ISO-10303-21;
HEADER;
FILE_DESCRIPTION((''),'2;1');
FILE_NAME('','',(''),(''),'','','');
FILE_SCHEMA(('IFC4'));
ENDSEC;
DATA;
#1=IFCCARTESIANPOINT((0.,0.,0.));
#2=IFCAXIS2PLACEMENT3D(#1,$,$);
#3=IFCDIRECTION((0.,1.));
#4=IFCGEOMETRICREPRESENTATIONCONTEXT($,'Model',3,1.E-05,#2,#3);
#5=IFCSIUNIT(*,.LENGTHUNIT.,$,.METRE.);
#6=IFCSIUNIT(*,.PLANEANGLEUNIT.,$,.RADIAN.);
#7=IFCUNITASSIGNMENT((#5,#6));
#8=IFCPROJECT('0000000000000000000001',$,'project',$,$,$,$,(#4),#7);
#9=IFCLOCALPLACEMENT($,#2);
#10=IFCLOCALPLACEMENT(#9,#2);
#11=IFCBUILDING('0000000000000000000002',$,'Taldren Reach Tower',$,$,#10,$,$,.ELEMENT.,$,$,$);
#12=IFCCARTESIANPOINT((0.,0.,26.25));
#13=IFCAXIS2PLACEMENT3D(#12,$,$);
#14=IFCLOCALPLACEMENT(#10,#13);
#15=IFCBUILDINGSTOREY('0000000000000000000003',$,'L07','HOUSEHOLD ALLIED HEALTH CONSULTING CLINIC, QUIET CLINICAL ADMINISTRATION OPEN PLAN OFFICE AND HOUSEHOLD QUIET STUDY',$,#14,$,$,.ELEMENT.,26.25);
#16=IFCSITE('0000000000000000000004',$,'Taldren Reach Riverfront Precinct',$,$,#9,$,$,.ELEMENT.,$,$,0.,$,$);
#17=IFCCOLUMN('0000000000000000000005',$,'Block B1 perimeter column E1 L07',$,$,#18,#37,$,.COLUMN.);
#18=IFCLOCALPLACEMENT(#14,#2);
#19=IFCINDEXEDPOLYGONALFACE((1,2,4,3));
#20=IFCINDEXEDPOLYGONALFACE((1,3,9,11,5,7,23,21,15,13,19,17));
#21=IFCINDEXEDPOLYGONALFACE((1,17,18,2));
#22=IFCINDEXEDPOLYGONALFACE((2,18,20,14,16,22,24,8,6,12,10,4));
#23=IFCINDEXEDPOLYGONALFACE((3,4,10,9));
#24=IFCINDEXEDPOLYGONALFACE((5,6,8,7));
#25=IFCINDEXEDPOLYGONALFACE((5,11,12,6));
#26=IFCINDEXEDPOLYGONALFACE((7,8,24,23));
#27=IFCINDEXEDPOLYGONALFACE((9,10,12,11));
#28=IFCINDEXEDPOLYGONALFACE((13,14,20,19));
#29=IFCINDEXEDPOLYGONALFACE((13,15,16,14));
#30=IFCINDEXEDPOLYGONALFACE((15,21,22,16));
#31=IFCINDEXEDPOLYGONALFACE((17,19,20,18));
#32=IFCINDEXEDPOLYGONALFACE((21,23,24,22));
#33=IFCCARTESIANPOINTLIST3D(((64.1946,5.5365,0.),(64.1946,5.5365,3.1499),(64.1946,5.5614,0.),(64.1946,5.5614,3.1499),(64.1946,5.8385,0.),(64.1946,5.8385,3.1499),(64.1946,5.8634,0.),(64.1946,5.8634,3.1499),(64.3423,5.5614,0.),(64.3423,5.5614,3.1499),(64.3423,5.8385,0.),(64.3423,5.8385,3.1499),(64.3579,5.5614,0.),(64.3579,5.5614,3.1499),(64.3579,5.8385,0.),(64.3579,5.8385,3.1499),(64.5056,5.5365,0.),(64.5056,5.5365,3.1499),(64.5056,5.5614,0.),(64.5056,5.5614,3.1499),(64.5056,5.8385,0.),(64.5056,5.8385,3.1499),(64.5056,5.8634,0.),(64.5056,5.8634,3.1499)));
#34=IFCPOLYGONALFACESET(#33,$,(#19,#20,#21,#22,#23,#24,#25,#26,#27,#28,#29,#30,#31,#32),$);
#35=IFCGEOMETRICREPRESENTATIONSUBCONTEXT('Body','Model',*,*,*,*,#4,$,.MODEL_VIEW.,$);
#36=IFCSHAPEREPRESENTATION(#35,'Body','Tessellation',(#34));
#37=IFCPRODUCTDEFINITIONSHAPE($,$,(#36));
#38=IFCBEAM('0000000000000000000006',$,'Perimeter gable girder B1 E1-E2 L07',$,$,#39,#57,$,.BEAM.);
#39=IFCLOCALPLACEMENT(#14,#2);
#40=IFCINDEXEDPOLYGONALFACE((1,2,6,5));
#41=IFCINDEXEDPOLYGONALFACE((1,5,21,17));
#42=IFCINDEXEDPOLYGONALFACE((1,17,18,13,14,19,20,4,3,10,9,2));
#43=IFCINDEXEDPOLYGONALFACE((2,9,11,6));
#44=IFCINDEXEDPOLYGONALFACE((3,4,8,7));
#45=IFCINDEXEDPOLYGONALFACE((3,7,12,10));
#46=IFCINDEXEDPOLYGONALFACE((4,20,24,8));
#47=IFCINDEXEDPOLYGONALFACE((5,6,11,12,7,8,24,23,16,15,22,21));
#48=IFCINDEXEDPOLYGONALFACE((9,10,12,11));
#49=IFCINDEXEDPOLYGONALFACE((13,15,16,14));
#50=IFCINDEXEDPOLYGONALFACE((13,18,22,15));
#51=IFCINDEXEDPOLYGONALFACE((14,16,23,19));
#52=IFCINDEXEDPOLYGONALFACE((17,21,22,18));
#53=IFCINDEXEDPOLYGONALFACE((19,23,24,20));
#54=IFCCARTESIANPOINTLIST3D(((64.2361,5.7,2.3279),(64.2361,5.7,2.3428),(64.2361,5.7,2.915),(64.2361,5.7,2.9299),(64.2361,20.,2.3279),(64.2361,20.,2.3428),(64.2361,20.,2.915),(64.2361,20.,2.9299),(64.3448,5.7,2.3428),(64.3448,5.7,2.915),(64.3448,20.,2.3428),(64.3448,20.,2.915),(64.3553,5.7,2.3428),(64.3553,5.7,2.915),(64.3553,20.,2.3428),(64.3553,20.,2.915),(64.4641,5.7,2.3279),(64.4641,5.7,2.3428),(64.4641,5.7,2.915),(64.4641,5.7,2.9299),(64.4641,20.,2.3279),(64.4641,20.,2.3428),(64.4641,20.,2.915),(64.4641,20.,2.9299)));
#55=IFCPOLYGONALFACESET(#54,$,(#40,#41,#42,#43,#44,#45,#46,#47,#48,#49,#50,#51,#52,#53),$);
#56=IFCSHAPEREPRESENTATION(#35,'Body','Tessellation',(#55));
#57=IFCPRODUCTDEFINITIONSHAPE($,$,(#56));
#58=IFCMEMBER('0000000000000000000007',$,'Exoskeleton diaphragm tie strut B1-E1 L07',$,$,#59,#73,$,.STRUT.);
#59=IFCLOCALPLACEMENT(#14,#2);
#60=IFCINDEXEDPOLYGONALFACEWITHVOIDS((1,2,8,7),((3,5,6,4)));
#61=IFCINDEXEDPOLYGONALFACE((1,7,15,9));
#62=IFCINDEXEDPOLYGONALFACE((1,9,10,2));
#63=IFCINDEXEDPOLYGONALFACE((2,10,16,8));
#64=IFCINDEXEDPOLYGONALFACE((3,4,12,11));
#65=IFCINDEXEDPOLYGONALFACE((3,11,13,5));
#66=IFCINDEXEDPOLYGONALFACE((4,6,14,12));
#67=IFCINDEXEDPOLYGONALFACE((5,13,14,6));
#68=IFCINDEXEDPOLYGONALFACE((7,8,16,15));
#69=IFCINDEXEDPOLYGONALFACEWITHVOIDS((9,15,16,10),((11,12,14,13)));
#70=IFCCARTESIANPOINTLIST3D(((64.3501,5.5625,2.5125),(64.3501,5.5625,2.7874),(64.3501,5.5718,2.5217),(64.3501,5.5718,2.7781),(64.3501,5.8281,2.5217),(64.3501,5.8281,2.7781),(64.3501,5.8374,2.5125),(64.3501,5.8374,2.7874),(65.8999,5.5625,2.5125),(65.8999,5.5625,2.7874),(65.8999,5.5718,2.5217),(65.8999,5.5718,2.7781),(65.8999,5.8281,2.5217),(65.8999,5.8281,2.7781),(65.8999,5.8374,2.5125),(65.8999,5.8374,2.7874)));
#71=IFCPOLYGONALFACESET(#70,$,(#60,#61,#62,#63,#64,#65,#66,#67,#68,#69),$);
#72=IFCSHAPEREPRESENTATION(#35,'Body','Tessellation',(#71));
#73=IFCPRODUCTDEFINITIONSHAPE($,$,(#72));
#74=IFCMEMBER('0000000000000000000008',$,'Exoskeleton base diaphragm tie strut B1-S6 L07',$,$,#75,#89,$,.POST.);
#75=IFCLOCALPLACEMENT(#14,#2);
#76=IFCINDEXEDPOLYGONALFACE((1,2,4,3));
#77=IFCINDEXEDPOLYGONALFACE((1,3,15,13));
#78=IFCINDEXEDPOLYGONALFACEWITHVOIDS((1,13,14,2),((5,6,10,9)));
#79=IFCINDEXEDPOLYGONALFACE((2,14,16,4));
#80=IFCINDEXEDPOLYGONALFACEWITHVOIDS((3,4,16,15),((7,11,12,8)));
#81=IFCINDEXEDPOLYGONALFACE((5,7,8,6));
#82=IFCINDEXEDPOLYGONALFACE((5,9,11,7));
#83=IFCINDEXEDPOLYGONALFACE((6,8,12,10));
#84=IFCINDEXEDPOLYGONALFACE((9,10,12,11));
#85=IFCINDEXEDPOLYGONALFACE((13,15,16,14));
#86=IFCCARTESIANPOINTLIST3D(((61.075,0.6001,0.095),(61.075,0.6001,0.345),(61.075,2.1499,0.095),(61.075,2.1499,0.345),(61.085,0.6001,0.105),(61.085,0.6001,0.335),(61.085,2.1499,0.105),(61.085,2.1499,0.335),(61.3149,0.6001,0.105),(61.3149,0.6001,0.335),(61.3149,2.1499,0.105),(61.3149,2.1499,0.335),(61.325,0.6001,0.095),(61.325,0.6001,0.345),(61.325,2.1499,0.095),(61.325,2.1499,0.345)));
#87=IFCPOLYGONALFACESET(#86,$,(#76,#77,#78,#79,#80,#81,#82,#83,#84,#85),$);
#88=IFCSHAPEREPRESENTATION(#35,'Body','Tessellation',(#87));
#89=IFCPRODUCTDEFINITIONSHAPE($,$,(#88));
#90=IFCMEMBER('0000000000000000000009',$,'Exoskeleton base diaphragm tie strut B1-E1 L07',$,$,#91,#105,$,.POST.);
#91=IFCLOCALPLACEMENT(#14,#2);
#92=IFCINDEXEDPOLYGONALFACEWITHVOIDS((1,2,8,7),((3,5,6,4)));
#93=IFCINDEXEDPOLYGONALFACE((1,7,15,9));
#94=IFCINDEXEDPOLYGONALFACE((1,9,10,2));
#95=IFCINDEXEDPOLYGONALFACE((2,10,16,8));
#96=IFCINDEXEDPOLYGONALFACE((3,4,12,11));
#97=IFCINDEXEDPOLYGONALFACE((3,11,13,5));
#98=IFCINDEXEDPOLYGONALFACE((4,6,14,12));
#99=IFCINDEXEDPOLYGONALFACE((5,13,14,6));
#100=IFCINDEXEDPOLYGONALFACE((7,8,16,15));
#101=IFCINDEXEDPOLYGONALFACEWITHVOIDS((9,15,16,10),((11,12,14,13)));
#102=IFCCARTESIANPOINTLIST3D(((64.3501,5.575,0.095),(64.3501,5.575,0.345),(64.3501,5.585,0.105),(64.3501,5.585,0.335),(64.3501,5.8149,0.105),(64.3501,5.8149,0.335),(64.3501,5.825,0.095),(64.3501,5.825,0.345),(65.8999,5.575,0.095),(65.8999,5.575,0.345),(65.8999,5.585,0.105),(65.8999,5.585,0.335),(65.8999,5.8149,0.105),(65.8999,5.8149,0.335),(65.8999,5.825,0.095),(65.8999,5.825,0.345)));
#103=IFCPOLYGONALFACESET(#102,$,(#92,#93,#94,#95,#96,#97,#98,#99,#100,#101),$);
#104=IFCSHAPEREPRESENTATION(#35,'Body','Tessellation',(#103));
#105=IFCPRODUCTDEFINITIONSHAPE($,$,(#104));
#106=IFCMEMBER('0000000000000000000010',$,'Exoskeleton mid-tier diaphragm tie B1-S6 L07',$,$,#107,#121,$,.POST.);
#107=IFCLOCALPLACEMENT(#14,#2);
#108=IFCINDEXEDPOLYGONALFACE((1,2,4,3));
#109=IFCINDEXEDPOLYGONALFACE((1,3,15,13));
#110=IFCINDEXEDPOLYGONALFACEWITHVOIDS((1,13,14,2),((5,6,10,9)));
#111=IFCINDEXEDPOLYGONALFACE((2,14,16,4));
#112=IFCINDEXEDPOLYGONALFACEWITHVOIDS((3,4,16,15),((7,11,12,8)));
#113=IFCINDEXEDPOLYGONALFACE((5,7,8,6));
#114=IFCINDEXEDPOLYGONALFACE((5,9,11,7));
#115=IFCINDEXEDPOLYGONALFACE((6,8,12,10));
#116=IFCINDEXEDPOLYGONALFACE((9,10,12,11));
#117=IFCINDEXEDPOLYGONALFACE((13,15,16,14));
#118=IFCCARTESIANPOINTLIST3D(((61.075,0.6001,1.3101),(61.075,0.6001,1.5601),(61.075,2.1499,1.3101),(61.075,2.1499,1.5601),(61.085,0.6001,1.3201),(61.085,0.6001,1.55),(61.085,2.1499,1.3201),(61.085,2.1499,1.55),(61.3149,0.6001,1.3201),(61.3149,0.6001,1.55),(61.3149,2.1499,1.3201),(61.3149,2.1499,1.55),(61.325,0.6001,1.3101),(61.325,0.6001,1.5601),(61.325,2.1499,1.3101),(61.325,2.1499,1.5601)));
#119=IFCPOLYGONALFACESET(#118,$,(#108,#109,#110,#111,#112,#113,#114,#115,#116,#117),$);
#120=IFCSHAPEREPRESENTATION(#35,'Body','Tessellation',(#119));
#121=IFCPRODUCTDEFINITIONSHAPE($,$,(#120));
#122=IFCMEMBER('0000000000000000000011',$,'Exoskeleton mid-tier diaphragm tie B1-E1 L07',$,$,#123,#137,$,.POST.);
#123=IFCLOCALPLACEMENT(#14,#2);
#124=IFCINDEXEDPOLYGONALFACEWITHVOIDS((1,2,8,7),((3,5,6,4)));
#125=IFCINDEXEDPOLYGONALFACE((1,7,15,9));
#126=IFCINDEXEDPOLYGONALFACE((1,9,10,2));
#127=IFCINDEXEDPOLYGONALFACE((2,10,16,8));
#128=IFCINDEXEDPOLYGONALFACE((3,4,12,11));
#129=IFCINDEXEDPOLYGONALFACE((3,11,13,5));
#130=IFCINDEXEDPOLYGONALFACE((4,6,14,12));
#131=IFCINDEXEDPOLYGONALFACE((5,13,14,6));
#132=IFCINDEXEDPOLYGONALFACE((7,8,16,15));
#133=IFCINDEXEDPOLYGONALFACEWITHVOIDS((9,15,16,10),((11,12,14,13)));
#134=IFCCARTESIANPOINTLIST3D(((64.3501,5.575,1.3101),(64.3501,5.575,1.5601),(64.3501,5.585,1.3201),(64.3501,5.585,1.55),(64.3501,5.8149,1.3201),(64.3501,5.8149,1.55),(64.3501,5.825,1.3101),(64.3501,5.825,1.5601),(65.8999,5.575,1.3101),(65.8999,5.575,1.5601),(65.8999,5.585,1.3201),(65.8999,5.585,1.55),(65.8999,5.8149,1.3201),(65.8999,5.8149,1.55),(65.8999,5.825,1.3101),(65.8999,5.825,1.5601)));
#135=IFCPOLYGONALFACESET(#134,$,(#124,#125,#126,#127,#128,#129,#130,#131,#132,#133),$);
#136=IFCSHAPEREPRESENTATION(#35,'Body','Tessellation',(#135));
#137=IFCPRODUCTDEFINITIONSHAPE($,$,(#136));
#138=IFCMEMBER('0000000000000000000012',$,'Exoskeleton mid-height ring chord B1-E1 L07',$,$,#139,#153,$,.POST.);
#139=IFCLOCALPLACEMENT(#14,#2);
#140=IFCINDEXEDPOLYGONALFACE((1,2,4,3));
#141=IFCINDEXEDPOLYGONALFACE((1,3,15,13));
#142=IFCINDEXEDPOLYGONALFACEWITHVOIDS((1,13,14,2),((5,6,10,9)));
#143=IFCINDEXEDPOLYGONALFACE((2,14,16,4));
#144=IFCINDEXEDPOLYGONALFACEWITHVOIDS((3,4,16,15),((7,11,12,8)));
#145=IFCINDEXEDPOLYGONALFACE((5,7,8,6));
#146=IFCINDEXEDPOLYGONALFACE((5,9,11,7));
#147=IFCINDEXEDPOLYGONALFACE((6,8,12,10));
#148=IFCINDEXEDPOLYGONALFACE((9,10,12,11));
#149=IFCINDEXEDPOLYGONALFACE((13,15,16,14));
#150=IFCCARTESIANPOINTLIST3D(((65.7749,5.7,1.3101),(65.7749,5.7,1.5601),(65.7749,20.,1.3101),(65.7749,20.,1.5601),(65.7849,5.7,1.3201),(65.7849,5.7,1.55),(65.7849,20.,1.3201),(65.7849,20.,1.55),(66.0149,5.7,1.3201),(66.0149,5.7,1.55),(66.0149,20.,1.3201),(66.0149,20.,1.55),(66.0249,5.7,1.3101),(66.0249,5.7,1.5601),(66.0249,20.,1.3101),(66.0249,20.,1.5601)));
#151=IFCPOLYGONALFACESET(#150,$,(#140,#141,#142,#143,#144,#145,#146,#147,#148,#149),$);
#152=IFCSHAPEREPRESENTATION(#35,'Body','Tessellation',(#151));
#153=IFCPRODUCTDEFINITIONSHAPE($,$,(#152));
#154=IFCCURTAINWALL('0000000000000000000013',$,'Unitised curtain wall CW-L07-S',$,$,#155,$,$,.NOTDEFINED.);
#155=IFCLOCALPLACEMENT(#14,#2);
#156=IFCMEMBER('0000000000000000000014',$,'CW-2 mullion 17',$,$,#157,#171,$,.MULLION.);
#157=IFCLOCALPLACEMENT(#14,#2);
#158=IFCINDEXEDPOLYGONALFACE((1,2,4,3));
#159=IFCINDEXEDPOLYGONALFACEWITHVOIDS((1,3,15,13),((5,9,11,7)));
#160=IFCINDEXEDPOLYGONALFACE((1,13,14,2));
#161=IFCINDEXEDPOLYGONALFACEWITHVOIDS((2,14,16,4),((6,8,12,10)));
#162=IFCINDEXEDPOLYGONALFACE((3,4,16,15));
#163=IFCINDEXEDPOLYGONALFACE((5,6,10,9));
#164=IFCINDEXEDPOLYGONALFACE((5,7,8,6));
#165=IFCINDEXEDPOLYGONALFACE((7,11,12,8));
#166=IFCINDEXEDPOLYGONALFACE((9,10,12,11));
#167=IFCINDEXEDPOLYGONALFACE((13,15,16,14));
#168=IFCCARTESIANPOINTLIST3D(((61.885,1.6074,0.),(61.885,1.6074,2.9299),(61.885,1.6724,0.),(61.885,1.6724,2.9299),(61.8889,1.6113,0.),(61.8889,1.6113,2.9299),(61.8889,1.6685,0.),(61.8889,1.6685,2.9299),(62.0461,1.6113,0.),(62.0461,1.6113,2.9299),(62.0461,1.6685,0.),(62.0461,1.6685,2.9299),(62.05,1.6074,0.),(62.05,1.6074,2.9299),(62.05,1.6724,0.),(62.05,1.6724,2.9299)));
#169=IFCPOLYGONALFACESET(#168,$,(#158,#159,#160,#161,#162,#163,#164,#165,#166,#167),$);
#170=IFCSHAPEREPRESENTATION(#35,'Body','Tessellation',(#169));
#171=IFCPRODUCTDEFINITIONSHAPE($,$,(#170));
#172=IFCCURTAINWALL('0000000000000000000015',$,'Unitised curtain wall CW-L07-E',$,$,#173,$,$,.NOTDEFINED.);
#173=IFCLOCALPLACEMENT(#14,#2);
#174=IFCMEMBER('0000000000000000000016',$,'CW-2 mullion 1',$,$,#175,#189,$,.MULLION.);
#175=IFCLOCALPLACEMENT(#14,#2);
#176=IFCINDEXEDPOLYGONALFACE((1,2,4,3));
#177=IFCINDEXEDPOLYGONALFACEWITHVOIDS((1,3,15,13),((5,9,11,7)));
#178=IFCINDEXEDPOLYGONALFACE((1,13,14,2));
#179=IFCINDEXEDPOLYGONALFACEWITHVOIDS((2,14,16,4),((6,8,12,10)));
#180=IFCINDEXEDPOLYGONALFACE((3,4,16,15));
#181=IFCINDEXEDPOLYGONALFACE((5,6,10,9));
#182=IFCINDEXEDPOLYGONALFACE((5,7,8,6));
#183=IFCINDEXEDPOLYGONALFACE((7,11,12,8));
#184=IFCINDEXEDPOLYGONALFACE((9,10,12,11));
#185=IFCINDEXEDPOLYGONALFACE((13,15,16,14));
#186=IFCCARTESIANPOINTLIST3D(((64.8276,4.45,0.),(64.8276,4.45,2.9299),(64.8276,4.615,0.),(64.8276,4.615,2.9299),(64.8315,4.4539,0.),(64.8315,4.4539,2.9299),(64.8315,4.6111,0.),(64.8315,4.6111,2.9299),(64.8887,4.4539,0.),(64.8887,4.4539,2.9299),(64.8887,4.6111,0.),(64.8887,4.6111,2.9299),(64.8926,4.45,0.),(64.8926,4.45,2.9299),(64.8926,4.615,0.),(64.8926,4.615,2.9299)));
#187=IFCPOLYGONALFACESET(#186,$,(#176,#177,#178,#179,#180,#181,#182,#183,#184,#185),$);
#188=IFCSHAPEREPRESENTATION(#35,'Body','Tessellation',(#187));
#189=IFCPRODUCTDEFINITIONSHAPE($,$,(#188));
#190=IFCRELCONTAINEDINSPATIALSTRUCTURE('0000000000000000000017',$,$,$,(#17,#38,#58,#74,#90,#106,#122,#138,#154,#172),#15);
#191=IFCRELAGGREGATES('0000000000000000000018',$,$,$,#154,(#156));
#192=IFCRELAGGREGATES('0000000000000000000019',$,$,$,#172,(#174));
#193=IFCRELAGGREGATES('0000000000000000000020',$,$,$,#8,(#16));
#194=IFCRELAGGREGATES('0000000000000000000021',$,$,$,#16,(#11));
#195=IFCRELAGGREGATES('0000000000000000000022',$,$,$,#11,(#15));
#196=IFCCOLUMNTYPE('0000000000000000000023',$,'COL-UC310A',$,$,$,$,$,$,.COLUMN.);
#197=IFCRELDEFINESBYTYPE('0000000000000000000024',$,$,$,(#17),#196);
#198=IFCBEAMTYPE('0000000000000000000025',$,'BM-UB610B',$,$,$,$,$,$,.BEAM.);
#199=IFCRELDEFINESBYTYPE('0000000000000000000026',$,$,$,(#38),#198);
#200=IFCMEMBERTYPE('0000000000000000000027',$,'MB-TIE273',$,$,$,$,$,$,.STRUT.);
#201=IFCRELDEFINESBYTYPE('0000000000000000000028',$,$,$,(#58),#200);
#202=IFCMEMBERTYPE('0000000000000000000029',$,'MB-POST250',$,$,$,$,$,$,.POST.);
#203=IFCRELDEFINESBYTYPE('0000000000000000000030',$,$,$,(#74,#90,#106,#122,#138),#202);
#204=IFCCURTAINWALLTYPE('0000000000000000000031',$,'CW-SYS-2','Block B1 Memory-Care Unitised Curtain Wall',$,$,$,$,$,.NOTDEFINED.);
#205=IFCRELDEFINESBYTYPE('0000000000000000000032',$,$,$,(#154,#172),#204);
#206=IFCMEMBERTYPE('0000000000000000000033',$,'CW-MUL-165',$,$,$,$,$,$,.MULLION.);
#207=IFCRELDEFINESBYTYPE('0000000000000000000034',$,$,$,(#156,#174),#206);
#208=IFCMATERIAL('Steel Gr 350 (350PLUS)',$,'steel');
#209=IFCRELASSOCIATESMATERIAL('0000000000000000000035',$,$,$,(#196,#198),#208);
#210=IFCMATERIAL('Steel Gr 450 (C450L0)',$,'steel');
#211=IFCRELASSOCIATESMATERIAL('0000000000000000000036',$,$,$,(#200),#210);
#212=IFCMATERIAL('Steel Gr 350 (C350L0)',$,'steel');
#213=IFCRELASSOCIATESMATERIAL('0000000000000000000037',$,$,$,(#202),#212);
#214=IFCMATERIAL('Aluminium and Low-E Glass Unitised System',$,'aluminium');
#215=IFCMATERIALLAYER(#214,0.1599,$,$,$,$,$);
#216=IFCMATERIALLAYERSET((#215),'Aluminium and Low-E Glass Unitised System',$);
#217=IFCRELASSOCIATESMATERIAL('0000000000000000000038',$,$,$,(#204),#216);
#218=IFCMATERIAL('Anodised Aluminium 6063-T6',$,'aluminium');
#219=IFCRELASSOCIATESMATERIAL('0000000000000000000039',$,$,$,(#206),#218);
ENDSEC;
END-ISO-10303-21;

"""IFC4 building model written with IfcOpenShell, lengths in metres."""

from ifc_helpers import new_model, si_unit, direction, frame, origin, origin_2d, place, context, subcontext, project, spatial, hollow_rectangle, i_section, extrude, source, transform, mapped, material, layer, layer_set, material_profile, profile_set, type_object, element, aggregate, save


model = new_model("IFC4")

# Units and contexts
model_context = context("Model", 3, precision=1e-05, world=origin(), true_north=direction((0.0, 1.0)))
body_context = subcontext(model_context, "Body", "Model", "MODEL_VIEW")
ifc_project = project(units=[si_unit("LENGTHUNIT", "METRE"), si_unit("PLANEANGLEUNIT", "RADIAN")], contexts=[model_context])

# Site, building, storey
site_placement = place(None, origin())
site = spatial("IfcSite", under=ifc_project, at=site_placement, Name="Taldren Reach Riverfront Precinct", CompositionType="ELEMENT", RefElevation=0.0)
building_placement = place(site_placement, origin())
building = spatial("IfcBuilding", under=site, at=building_placement, Name="Taldren Reach Tower", CompositionType="ELEMENT")
storey_placement = place(building_placement, frame((0.0, 0.0, 26.25)))
storey = spatial("IfcBuildingStorey", under=building, at=storey_placement, Name="L07", Description="HOUSEHOLD ALLIED HEALTH CONSULTING CLINIC, QUIET CLINICAL ADMINISTRATION OPEN PLAN OFFICE AND HOUSEHOLD QUIET STUDY", CompositionType="ELEMENT", Elevation=26.25)

# Column
ifc_material_1 = material(Name="Steel Gr 350 (350PLUS)", Category="steel")
ifc_material_profile_1 = material_profile(ifc_material_1, i_section(OverallWidth=0.311, OverallDepth=0.3269, WebThickness=0.0156, FlangeThickness=0.0249, at=origin_2d()), Name="310UC158")
ifc_profile_set_1 = profile_set([ifc_material_profile_1], Name="Steel Gr 350 (350PLUS)")
column_type = type_object("IfcColumnType", Name="COL-UC310A", PredefinedType="COLUMN", material=ifc_profile_set_1)
shared_shape_1 = source(origin(), body_context, "Body", "SweptSolid", [
    extrude(i_section(OverallWidth=0.311, OverallDepth=0.3269, WebThickness=0.0156, FlangeThickness=0.0249, at=origin_2d()), origin(), (0.0, 0.0, 1.0), 3.1499),
])
column_placement = place(storey_placement, frame((64.3501, 5.7, 0.0), z_axis=(0.0, 0.0, 1.0), x_axis=(1.0, 0.0, 0.0)))
element("IfcColumn", 1, at=column_placement, inside=storey, type_object=column_type, Name="Block B1 perimeter column E1 L07", PredefinedType="COLUMN", context=body_context, shape_type="MappedRepresentation", body=[
    mapped(shared_shape_1, transform((0.0, 0.0, 0.0), scale=1.0)),
])

# Beam
ifc_material_profile_2 = material_profile(ifc_material_1, i_section(OverallWidth=0.228, OverallDepth=0.6021, WebThickness=0.0105, FlangeThickness=0.0149, at=origin_2d()), Name="610UB101")
ifc_profile_set_2 = profile_set([ifc_material_profile_2], Name="Steel Gr 350 (350PLUS)")
beam_type = type_object("IfcBeamType", Name="BM-UB610B", PredefinedType="BEAM", material=ifc_profile_set_2)
shared_shape_2 = source(origin(), body_context, "Body", "SweptSolid", [
    extrude(i_section(OverallWidth=0.228, OverallDepth=0.6021, WebThickness=0.0105, FlangeThickness=0.0149, at=origin_2d()), origin(), (0.0, 0.0, 1.0), 14.3),
])
beam_placement = place(storey_placement, frame((64.3501, 5.7, 2.6289), z_axis=(0.0, 1.0, 0.0), x_axis=(-1.0, 0.0, 0.0)))
element("IfcBeam", 2, at=beam_placement, inside=storey, type_object=beam_type, Name="Perimeter gable girder B1 E1-E2 L07", PredefinedType="BEAM", context=body_context, shape_type="MappedRepresentation", body=[
    mapped(shared_shape_2, transform((0.0, 0.0, 0.0), scale=1.0)),
])

# Members
ifc_material_2 = material(Name="Steel Gr 450 (C450L0)", Category="steel")
ifc_material_profile_3 = material_profile(ifc_material_2, hollow_rectangle(XDim=0.2749, YDim=0.2749, WallThickness=0.0093, at=origin_2d()), Name="275x275x9.3SHS")
ifc_profile_set_3 = profile_set([ifc_material_profile_3], Name="Steel Gr 450 (C450L0)")
member_type_1 = type_object("IfcMemberType", Name="MB-TIE273", PredefinedType="STRUT", material=ifc_profile_set_3)
shared_shape_3 = source(origin(), body_context, "Body", "SweptSolid", [
    extrude(hollow_rectangle(XDim=0.2749, YDim=0.2749, WallThickness=0.0093, at=origin_2d()), origin(), (0.0, 0.0, 1.0), 1.5498),
])
member_1_placement = place(storey_placement, frame((64.3501, 5.7, 2.6499), z_axis=(1.0, 0.0, 0.0), x_axis=(0.0, 1.0, 0.0)))
element("IfcMember", 3, at=member_1_placement, inside=storey, type_object=member_type_1, Name="Exoskeleton diaphragm tie strut B1-E1 L07", PredefinedType="STRUT", context=body_context, shape_type="MappedRepresentation", body=[
    mapped(shared_shape_3, transform((0.0, 0.0, 0.0), scale=1.0)),
])
ifc_material_3 = material(Name="Steel Gr 350 (C350L0)", Category="steel")
ifc_material_profile_4 = material_profile(ifc_material_3, hollow_rectangle(XDim=0.25, YDim=0.25, WallThickness=0.01, at=origin_2d()), Name="250x250x10.0SHS")
ifc_profile_set_4 = profile_set([ifc_material_profile_4], Name="Steel Gr 350 (C350L0)")
member_type_2 = type_object("IfcMemberType", Name="MB-POST250", PredefinedType="POST", material=ifc_profile_set_4)
shared_shape_4 = source(origin(), body_context, "Body", "SweptSolid", [
    extrude(hollow_rectangle(XDim=0.25, YDim=0.25, WallThickness=0.01, at=origin_2d()), origin(), (0.0, 0.0, 1.0), 1.5498),
])
for number, where, z_axis, x_axis, name in (
    (4, (61.2, 2.1499, 0.22), (0.0, -1.0, 0.0), (1.0, 0.0, 0.0), "Exoskeleton base diaphragm tie strut B1-S6 L07"),
    (5, (64.3501, 5.7, 0.22), (1.0, 0.0, 0.0), (0.0, 1.0, 0.0), "Exoskeleton base diaphragm tie strut B1-E1 L07"),
    (6, (61.2, 2.1499, 1.4351), (0.0, -1.0, 0.0), (1.0, 0.0, 0.0), "Exoskeleton mid-tier diaphragm tie B1-S6 L07"),
    (7, (64.3501, 5.7, 1.4351), (1.0, 0.0, 0.0), (0.0, 1.0, 0.0), "Exoskeleton mid-tier diaphragm tie B1-E1 L07"),
):
    element("IfcMember", number, at=place(storey_placement, frame(where, z_axis=z_axis, x_axis=x_axis)), inside=storey, type_object=member_type_2, Name=name, PredefinedType="POST", context=body_context, shape_type="MappedRepresentation", body=[
        mapped(shared_shape_4, transform((0.0, 0.0, 0.0), scale=1.0)),
    ])
shared_shape_5 = source(origin(), body_context, "Body", "SweptSolid", [
    extrude(hollow_rectangle(XDim=0.25, YDim=0.25, WallThickness=0.01, at=origin_2d()), origin(), (0.0, 0.0, 1.0), 14.3),
])
member_2_placement = place(storey_placement, frame((65.8999, 5.7, 1.4351), z_axis=(0.0, 1.0, 0.0), x_axis=(-1.0, 0.0, 0.0)))
element("IfcMember", 8, at=member_2_placement, inside=storey, type_object=member_type_2, Name="Exoskeleton mid-height ring chord B1-E1 L07", PredefinedType="POST", context=body_context, shape_type="MappedRepresentation", body=[
    mapped(shared_shape_5, transform((0.0, 0.0, 0.0), scale=1.0)),
])

# Curtain wall, member
ifc_material_4 = material(Name="Aluminium and Low-E Glass Unitised System", Category="aluminium")
ifc_layer_1 = layer(ifc_material_4, 0.1599)
ifc_layer_set_1 = layer_set([ifc_layer_1], Name="Aluminium and Low-E Glass Unitised System")
curtain_wall_type = type_object("IfcCurtainWallType", Name="CW-SYS-2", Description="Block B1 Memory-Care Unitised Curtain Wall", PredefinedType="NOTDEFINED", material=ifc_layer_set_1)
curtain_wall_1_placement = place(storey_placement, origin())
curtain_wall_1 = element("IfcCurtainWall", 9, at=curtain_wall_1_placement, inside=storey, type_object=curtain_wall_type, Name="Unitised curtain wall CW-L07-S", PredefinedType="NOTDEFINED")
ifc_material_5 = material(Name="Anodised Aluminium 6063-T6", Category="aluminium")
ifc_material_profile_5 = material_profile(ifc_material_5, hollow_rectangle(XDim=0.0649, YDim=0.165, WallThickness=0.0039, at=origin_2d()), Name="ALU-165x65x4RHS")
ifc_profile_set_5 = profile_set([ifc_material_profile_5], Name="Anodised Aluminium 6063-T6")
member_type_3 = type_object("IfcMemberType", Name="CW-MUL-165", PredefinedType="MULLION", material=ifc_profile_set_5)
shared_shape_6 = source(origin(), body_context, "Body", "SweptSolid", [
    extrude(hollow_rectangle(XDim=0.0649, YDim=0.165, WallThickness=0.0039, at=origin_2d()), origin(), (0.0, 0.0, 1.0), 2.9299),
])
member_3_placement = place(storey_placement, frame((61.9675, 1.6399, 0.0), z_axis=(0.0, 0.0, 1.0), x_axis=(0.0, 1.0, 0.0)))
member_3 = element("IfcMember", 10, at=member_3_placement, type_object=member_type_3, Name="CW-2 mullion 17", PredefinedType="MULLION", context=body_context, shape_type="MappedRepresentation", body=[
    mapped(shared_shape_6, transform((0.0, 0.0, 0.0), scale=1.0)),
])
aggregate(curtain_wall_1, [member_3])

# Curtain wall, member
curtain_wall_2_placement = place(storey_placement, origin())
curtain_wall_2 = element("IfcCurtainWall", 11, at=curtain_wall_2_placement, inside=storey, type_object=curtain_wall_type, Name="Unitised curtain wall CW-L07-E", PredefinedType="NOTDEFINED")
member_4_placement = place(storey_placement, frame((64.8601, 4.5325, 0.0), z_axis=(0.0, 0.0, 1.0), x_axis=(-1.0, 0.0, 0.0)))
member_4 = element("IfcMember", 12, at=member_4_placement, type_object=member_type_3, Name="CW-2 mullion 1", PredefinedType="MULLION", context=body_context, shape_type="MappedRepresentation", body=[
    mapped(shared_shape_6, transform((0.0, 0.0, 0.0), scale=1.0)),
])

aggregate(curtain_wall_2, [member_4])

save(model, "model.ifc")
